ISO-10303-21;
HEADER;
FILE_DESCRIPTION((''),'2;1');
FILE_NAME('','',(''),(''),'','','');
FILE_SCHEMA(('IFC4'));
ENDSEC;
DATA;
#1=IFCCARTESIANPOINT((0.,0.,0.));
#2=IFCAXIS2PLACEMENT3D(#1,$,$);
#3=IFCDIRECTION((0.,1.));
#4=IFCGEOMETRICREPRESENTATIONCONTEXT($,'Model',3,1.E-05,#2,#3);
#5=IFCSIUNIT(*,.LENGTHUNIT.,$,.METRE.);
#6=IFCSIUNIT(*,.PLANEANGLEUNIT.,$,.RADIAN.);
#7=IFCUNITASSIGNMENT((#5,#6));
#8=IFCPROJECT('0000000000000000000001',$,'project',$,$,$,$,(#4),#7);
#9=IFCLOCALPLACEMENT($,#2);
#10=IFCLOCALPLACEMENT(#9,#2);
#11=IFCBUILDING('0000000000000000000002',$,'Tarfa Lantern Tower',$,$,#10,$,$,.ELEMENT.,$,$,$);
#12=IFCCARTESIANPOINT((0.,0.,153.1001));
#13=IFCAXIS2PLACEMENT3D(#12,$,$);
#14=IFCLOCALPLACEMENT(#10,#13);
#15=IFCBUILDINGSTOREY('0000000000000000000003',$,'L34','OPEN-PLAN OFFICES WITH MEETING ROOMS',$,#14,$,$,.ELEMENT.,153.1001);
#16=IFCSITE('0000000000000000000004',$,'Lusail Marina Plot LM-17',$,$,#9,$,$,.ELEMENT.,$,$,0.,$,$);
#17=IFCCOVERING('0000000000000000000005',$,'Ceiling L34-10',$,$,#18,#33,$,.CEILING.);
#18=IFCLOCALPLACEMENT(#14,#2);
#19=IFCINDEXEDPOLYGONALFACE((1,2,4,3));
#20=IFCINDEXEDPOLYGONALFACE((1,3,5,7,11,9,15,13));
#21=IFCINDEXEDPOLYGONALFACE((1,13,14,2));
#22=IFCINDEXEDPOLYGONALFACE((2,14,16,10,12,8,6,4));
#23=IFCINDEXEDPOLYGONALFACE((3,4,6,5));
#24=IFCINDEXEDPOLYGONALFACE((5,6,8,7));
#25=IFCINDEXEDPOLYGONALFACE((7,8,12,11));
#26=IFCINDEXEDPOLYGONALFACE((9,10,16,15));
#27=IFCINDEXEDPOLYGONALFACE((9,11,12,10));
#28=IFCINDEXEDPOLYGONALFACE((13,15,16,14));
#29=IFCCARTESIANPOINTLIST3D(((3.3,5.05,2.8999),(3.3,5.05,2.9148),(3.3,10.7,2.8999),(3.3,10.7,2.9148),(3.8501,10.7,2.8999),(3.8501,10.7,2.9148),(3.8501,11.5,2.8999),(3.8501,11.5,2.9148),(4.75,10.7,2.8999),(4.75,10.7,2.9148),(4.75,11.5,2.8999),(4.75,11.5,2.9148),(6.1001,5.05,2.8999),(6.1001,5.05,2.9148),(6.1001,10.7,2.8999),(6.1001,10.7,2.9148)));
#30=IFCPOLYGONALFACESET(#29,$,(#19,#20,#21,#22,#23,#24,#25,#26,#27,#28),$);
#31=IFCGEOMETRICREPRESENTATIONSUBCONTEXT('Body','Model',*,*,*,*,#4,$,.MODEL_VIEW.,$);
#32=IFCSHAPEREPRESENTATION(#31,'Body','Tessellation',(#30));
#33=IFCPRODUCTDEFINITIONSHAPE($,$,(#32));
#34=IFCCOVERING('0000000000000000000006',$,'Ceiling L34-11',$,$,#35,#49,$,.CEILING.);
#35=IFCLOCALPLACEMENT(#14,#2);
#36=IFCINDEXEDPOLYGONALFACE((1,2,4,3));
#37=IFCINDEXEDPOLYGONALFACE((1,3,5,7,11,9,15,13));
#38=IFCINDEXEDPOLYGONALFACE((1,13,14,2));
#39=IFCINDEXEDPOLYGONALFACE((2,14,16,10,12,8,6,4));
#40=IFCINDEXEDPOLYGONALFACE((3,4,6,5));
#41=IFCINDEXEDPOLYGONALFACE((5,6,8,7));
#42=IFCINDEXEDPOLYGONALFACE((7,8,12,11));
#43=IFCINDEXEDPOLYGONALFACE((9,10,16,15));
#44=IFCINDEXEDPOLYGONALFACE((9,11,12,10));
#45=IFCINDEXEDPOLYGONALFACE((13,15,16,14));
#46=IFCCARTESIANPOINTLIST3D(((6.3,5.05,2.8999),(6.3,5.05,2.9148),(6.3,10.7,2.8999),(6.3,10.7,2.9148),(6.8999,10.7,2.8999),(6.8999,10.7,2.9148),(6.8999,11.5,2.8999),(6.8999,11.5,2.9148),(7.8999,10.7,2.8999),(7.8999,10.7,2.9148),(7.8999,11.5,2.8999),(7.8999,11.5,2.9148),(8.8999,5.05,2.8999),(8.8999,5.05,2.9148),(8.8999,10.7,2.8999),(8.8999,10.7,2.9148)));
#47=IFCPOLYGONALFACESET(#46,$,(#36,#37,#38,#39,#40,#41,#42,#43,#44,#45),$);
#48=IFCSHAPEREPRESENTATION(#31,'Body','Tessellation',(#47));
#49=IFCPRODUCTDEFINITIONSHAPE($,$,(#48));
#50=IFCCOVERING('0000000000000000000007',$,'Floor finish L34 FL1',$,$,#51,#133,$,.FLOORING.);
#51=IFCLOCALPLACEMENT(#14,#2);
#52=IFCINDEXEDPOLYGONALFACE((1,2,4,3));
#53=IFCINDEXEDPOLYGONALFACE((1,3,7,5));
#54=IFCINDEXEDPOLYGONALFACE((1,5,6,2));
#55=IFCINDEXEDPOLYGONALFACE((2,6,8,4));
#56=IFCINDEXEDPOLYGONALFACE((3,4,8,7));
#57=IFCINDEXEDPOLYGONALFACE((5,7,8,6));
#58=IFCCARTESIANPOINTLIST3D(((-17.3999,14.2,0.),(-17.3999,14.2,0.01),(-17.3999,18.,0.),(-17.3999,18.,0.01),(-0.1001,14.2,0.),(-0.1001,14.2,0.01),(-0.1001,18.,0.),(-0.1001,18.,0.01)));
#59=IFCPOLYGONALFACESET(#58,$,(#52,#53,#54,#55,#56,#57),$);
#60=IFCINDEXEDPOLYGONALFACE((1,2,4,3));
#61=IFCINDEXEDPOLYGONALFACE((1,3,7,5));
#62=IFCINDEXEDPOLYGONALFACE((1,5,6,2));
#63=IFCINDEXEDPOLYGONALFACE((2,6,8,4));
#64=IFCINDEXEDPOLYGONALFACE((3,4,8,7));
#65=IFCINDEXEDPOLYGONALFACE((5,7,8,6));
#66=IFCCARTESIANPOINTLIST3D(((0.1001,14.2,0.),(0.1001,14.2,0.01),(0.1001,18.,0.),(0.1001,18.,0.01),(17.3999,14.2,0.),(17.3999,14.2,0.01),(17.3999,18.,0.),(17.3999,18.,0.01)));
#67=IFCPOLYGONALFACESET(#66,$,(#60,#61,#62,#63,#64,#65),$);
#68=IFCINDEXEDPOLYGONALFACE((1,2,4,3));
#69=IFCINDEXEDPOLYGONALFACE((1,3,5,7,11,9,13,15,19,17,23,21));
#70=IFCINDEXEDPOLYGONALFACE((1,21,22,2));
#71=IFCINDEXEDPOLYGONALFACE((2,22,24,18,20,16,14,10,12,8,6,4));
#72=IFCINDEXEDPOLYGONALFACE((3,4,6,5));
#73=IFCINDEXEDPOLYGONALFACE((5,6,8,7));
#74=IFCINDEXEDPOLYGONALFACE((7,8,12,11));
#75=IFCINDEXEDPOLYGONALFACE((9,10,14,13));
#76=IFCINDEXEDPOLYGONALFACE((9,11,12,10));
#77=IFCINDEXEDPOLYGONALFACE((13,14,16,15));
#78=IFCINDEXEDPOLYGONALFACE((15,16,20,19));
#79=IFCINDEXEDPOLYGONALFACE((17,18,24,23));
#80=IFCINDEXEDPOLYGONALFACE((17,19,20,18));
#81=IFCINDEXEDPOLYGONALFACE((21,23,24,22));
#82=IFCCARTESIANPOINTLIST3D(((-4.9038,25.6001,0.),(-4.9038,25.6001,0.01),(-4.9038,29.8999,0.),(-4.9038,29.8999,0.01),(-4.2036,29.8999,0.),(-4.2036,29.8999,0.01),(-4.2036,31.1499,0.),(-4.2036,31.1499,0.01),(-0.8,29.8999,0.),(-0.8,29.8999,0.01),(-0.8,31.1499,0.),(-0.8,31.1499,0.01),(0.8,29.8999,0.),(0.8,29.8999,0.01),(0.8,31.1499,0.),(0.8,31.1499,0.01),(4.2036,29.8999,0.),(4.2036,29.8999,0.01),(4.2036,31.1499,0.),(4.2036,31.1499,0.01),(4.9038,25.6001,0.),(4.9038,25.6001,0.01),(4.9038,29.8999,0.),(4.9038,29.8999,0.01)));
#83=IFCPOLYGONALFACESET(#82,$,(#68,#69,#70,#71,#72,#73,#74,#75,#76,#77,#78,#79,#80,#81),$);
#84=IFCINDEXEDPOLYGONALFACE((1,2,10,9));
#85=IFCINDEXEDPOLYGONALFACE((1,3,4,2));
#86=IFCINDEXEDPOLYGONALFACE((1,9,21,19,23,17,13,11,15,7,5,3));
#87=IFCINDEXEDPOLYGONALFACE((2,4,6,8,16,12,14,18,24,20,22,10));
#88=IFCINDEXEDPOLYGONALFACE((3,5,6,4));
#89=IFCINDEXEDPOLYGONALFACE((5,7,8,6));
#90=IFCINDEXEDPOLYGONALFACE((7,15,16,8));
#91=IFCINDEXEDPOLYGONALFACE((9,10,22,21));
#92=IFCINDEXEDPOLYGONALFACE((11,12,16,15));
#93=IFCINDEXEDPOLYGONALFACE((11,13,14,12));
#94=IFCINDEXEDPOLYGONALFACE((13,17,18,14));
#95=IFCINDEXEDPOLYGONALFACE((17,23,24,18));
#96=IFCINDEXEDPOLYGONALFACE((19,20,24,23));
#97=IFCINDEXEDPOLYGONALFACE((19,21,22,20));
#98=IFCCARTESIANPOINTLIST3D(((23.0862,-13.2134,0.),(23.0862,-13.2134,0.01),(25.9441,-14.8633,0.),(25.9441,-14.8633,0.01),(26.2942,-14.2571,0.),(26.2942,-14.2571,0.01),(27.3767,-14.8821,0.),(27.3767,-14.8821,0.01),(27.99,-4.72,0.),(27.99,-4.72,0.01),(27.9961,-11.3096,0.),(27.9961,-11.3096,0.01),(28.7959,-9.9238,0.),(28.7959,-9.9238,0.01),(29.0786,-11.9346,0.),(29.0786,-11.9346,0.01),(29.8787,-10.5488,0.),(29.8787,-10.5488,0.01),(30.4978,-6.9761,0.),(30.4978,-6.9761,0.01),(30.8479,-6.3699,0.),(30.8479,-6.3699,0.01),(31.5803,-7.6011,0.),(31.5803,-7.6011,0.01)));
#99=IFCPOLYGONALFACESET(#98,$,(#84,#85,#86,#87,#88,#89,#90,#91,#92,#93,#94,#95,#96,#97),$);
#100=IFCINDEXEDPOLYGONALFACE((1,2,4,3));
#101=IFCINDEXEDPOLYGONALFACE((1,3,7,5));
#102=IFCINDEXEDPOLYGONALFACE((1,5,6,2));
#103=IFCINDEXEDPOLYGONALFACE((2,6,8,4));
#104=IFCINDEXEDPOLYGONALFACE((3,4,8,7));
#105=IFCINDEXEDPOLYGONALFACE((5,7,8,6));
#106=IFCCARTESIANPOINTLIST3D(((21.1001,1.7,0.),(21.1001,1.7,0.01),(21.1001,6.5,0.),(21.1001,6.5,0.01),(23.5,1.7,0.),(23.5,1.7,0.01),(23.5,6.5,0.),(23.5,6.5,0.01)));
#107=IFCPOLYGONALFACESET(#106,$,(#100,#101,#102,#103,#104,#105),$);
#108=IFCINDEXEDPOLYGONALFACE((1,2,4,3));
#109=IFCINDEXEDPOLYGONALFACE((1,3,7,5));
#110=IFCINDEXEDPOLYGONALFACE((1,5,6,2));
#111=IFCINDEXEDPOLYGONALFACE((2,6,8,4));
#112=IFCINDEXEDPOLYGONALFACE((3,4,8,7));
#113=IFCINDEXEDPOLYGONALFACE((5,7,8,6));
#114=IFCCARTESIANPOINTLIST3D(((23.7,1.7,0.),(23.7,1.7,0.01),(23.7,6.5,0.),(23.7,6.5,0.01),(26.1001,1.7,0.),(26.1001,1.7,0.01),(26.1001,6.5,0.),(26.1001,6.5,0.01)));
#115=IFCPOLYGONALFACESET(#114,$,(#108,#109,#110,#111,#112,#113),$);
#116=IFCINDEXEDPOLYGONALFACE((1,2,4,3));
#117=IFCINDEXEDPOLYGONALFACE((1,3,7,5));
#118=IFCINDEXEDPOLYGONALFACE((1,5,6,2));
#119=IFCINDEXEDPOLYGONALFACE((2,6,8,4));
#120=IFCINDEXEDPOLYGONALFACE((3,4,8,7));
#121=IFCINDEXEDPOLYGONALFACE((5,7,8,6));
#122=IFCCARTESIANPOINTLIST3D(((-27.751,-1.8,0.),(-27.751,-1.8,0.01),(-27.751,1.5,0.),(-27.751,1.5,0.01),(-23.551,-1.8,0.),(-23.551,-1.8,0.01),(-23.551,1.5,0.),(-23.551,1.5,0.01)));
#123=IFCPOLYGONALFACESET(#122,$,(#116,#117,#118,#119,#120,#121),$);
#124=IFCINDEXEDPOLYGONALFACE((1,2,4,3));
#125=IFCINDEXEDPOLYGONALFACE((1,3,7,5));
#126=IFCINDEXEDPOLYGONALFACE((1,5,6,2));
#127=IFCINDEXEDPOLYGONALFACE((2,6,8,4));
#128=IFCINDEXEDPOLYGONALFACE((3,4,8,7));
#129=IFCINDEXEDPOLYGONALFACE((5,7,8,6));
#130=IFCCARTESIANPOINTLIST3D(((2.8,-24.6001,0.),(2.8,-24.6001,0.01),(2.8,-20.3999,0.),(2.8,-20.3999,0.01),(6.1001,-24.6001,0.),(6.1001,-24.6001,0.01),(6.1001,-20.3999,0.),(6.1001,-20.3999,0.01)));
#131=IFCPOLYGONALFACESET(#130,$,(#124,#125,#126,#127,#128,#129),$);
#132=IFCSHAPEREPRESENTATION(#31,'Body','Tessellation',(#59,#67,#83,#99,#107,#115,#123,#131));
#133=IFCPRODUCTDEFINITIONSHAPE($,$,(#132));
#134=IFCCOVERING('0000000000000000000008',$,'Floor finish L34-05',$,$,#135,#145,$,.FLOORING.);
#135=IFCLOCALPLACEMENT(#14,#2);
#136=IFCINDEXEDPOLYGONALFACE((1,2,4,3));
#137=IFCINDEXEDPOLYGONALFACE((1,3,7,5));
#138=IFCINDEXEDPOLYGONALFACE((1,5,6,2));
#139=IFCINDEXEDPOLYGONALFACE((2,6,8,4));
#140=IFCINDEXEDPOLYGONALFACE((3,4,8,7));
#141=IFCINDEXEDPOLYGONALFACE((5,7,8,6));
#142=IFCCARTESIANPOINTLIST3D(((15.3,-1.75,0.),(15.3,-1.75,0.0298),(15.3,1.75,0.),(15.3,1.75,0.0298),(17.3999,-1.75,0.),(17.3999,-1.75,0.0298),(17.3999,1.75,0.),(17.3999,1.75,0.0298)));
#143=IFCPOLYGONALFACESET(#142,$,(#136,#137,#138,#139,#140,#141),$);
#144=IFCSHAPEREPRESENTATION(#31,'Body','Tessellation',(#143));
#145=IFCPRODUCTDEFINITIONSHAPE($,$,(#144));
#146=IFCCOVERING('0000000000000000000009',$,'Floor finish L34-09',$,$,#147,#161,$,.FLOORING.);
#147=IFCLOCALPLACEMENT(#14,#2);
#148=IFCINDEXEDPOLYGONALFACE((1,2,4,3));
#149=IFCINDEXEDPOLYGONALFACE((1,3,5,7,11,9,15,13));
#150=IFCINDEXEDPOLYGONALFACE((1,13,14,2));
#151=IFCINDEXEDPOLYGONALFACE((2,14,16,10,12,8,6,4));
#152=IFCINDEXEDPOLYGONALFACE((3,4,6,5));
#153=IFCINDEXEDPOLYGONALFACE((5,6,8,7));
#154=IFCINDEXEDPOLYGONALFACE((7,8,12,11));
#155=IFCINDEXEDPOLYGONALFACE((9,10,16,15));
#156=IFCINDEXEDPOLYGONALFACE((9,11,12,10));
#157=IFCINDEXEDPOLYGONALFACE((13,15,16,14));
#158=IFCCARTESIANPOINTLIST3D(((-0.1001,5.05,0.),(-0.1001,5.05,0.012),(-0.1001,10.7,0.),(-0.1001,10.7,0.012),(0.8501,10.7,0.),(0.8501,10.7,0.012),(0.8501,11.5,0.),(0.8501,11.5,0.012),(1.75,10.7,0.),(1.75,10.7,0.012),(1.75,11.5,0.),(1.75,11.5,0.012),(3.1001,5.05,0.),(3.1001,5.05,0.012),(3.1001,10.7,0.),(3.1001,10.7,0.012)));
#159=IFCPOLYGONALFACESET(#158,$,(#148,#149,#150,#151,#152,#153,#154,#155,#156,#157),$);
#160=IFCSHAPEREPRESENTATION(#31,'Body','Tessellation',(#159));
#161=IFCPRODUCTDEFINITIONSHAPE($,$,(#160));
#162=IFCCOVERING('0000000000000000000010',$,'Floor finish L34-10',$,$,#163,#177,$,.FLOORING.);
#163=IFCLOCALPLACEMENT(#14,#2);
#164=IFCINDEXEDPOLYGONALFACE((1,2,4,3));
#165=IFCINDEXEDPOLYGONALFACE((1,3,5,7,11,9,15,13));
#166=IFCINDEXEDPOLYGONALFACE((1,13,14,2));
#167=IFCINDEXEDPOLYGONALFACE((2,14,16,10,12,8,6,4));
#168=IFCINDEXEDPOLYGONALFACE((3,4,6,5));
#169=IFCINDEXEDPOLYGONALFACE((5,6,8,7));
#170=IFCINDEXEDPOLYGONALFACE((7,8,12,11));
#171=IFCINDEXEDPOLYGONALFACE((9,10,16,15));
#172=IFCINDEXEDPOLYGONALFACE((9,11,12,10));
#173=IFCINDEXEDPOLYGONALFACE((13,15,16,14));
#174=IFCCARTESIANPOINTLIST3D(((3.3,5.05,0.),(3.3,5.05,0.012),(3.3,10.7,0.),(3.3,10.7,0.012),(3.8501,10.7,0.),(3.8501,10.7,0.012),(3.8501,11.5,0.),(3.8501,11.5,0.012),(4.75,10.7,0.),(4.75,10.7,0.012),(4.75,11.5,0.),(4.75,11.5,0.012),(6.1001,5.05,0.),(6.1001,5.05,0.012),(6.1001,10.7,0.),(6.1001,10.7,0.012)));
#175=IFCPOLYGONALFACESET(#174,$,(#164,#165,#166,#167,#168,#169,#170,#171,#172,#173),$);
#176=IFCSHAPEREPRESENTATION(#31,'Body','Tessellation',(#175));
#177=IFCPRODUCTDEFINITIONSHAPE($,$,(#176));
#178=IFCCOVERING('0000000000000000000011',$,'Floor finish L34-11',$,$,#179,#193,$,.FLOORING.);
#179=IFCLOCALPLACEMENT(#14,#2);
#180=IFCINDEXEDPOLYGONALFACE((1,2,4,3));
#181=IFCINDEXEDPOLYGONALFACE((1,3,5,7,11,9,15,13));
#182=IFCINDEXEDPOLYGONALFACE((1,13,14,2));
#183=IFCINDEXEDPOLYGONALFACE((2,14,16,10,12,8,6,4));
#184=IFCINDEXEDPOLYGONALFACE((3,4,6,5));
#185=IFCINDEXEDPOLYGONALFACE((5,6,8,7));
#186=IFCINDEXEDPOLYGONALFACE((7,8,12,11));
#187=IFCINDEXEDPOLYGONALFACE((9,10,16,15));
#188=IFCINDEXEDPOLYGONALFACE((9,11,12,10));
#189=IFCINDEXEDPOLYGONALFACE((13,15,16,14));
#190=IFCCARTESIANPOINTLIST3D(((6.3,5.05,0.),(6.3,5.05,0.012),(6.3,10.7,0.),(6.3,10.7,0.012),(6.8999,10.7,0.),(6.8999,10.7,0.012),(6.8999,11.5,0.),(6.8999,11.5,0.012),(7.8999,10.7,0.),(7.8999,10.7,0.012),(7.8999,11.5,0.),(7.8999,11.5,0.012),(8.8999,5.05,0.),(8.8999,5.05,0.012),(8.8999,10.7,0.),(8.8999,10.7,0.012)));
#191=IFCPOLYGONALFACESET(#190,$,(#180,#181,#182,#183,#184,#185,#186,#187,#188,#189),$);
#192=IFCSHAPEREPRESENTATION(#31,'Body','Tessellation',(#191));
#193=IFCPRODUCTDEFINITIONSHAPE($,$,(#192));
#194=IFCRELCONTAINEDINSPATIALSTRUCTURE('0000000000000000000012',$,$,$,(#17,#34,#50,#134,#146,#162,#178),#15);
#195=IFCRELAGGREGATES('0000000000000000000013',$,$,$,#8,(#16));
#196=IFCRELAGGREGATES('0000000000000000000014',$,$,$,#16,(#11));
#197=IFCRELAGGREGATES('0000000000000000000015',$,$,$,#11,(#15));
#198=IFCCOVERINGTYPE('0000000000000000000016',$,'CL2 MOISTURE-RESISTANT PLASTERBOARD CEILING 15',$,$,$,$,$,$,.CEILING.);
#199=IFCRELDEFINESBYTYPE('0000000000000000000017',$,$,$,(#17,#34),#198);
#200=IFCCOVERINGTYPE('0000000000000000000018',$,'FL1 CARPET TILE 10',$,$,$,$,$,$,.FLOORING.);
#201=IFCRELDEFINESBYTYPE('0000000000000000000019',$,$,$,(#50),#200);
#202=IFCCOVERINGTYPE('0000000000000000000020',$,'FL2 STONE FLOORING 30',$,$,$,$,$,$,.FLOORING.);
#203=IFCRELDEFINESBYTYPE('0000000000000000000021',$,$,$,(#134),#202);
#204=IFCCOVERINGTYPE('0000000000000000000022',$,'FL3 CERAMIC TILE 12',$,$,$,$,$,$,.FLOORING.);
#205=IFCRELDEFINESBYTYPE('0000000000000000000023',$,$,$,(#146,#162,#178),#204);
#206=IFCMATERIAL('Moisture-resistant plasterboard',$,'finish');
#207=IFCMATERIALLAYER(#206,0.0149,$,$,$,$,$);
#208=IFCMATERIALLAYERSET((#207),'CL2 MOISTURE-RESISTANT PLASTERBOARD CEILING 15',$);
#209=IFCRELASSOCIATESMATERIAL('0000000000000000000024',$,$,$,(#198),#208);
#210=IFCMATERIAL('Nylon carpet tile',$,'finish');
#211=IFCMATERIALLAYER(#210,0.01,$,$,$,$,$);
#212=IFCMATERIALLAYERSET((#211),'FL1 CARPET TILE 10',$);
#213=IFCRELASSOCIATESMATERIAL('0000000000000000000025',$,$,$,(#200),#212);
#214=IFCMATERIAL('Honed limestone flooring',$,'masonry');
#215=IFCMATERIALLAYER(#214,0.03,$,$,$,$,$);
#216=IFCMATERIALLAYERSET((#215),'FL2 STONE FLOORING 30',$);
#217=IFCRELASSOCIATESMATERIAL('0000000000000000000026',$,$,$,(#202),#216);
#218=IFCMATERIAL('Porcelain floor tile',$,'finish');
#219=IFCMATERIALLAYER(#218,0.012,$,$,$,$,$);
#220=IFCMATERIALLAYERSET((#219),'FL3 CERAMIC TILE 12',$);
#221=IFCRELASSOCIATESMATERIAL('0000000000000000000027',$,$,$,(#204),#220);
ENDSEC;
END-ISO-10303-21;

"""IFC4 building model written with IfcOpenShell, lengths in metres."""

from ifc_helpers import new_model, si_unit, direction, frame, origin, place, context, subcontext, project, spatial, polyline, outline, extrude, material, layer, layer_set, type_object, element, save


model = new_model("IFC4")

# Units and contexts
model_context = context("Model", 3, precision=1e-05, world=origin(), true_north=direction((0.0, 1.0)))
body_context = subcontext(model_context, "Body", "Model", "MODEL_VIEW")
ifc_project = project(units=[si_unit("LENGTHUNIT", "METRE"), si_unit("PLANEANGLEUNIT", "RADIAN")], contexts=[model_context])

# Site, building, storey
site_placement = place(None, origin())
site = spatial("IfcSite", under=ifc_project, at=site_placement, Name="Lusail Marina Plot LM-17", CompositionType="ELEMENT", RefElevation=0.0)
building_placement = place(site_placement, origin())
building = spatial("IfcBuilding", under=site, at=building_placement, Name="Tarfa Lantern Tower", CompositionType="ELEMENT")
storey_placement = place(building_placement, frame((0.0, 0.0, 153.1001)))
storey = spatial("IfcBuildingStorey", under=building, at=storey_placement, Name="L34", Description="OPEN-PLAN OFFICES WITH MEETING ROOMS", CompositionType="ELEMENT", Elevation=153.1001)

# Coverings
ifc_material_1 = material(Name="Moisture-resistant plasterboard", Category="finish")
ifc_layer_1 = layer(ifc_material_1, 0.0149)
ifc_layer_set_1 = layer_set([ifc_layer_1], Name="CL2 MOISTURE-RESISTANT PLASTERBOARD CEILING 15")
covering_type_1 = type_object("IfcCoveringType", Name="CL2 MOISTURE-RESISTANT PLASTERBOARD CEILING 15", PredefinedType="CEILING", material=ifc_layer_set_1)
covering_1_placement = place(storey_placement, frame((0.0, 0.0, 2.8999)))
element("IfcCovering", 1, at=covering_1_placement, inside=storey, type_object=covering_type_1, Name="Ceiling L34-10", PredefinedType="CEILING", context=body_context, shape_type="SweptSolid", body=[
    extrude(outline(polyline([(3.3, 5.05), (6.1001, 5.05), (6.1001, 10.7), (4.75, 10.7), (4.75, 11.5), (3.8501, 11.5), (3.8501, 10.7), (3.3, 10.7), (3.3, 5.05)])), origin(), (0.0, 0.0, 1.0), 0.0149),
])
covering_2_placement = place(storey_placement, frame((0.0, 0.0, 2.8999)))
element("IfcCovering", 2, at=covering_2_placement, inside=storey, type_object=covering_type_1, Name="Ceiling L34-11", PredefinedType="CEILING", context=body_context, shape_type="SweptSolid", body=[
    extrude(outline(polyline([(6.3, 5.05), (8.8999, 5.05), (8.8999, 10.7), (7.8999, 10.7), (7.8999, 11.5), (6.8999, 11.5), (6.8999, 10.7), (6.3, 10.7), (6.3, 5.05)])), origin(), (0.0, 0.0, 1.0), 0.0149),
])
ifc_material_2 = material(Name="Nylon carpet tile", Category="finish")
ifc_layer_2 = layer(ifc_material_2, 0.01)
ifc_layer_set_2 = layer_set([ifc_layer_2], Name="FL1 CARPET TILE 10")
covering_type_2 = type_object("IfcCoveringType", Name="FL1 CARPET TILE 10", PredefinedType="FLOORING", material=ifc_layer_set_2)
covering_3_placement = place(storey_placement, origin())
element("IfcCovering", 3, at=covering_3_placement, inside=storey, type_object=covering_type_2, Name="Floor finish L34 FL1", PredefinedType="FLOORING", context=body_context, shape_type="SweptSolid", body=[
    extrude(outline(polyline([(-17.3999, 18.0), (-0.1001, 18.0), (-0.1001, 14.2), (-17.3999, 14.2), (-17.3999, 18.0)])), origin(), (0.0, 0.0, 1.0), 0.01),
    extrude(outline(polyline([(0.1001, 18.0), (17.3999, 18.0), (17.3999, 14.2), (0.1001, 14.2), (0.1001, 18.0)])), origin(), (0.0, 0.0, 1.0), 0.01),
    extrude(outline(polyline([(4.9038, 25.6001), (-4.9038, 25.6001), (-4.9038, 29.8999), (-4.2036, 29.8999), (-4.2036, 31.1499), (-0.8, 31.1499), (-0.8, 29.8999), (0.8, 29.8999), (0.8, 31.1499), (4.2036, 31.1499), (4.2036, 29.8999), (4.9038, 29.8999), (4.9038, 25.6001)])), origin(), (0.0, 0.0, 1.0), 0.01),
    extrude(outline(polyline([(27.99, -4.72), (30.8479, -6.3699), (30.4978, -6.9761), (31.5803, -7.6011), (29.8787, -10.5488), (28.7959, -9.9238), (27.9961, -11.3096), (29.0786, -11.9346), (27.3767, -14.8821), (26.2942, -14.2571), (25.9441, -14.8633), (23.0862, -13.2134), (27.99, -4.72)])), origin(), (0.0, 0.0, 1.0), 0.01),
    extrude(outline(polyline([(21.1001, 6.5), (23.5, 6.5), (23.5, 1.7), (21.1001, 1.7), (21.1001, 6.5)])), origin(), (0.0, 0.0, 1.0), 0.01),
    extrude(outline(polyline([(23.7, 6.5), (26.1001, 6.5), (26.1001, 1.7), (23.7, 1.7), (23.7, 6.5)])), origin(), (0.0, 0.0, 1.0), 0.01),
    extrude(outline(polyline([(-27.751, -1.8), (-27.751, 1.5), (-23.551, 1.5), (-23.551, -1.8), (-27.751, -1.8)])), origin(), (0.0, 0.0, 1.0), 0.01),
    extrude(outline(polyline([(6.1001, -24.6001), (2.8, -24.6001), (2.8, -20.3999), (6.1001, -20.3999), (6.1001, -24.6001)])), origin(), (0.0, 0.0, 1.0), 0.01),
])
ifc_material_3 = material(Name="Honed limestone flooring", Category="masonry")
ifc_layer_3 = layer(ifc_material_3, 0.03)
ifc_layer_set_3 = layer_set([ifc_layer_3], Name="FL2 STONE FLOORING 30")
covering_type_3 = type_object("IfcCoveringType", Name="FL2 STONE FLOORING 30", PredefinedType="FLOORING", material=ifc_layer_set_3)
covering_4_placement = place(storey_placement, origin())
element("IfcCovering", 4, at=covering_4_placement, inside=storey, type_object=covering_type_3, Name="Floor finish L34-05", PredefinedType="FLOORING", context=body_context, shape_type="SweptSolid", body=[
    extrude(outline(polyline([(15.3, -1.75), (17.3999, -1.75), (17.3999, 1.75), (15.3, 1.75), (15.3, -1.75)])), origin(), (0.0, 0.0, 1.0), 0.0298),
])
ifc_material_4 = material(Name="Porcelain floor tile", Category="finish")
ifc_layer_4 = layer(ifc_material_4, 0.012)
ifc_layer_set_4 = layer_set([ifc_layer_4], Name="FL3 CERAMIC TILE 12")
covering_type_4 = type_object("IfcCoveringType", Name="FL3 CERAMIC TILE 12", PredefinedType="FLOORING", material=ifc_layer_set_4)
covering_5_placement = place(storey_placement, origin())
element("IfcCovering", 5, at=covering_5_placement, inside=storey, type_object=covering_type_4, Name="Floor finish L34-09", PredefinedType="FLOORING", context=body_context, shape_type="SweptSolid", body=[
    extrude(outline(polyline([(0.8501, 10.7), (-0.1001, 10.7), (-0.1001, 5.05), (3.1001, 5.05), (3.1001, 10.7), (1.75, 10.7), (1.75, 11.5), (0.8501, 11.5), (0.8501, 10.7)])), origin(), (0.0, 0.0, 1.0), 0.012),
])
covering_6_placement = place(storey_placement, origin())
element("IfcCovering", 6, at=covering_6_placement, inside=storey, type_object=covering_type_4, Name="Floor finish L34-10", PredefinedType="FLOORING", context=body_context, shape_type="SweptSolid", body=[
    extrude(outline(polyline([(3.3, 5.05), (6.1001, 5.05), (6.1001, 10.7), (4.75, 10.7), (4.75, 11.5), (3.8501, 11.5), (3.8501, 10.7), (3.3, 10.7), (3.3, 5.05)])), origin(), (0.0, 0.0, 1.0), 0.012),
])
covering_7_placement = place(storey_placement, origin())
element("IfcCovering", 7, at=covering_7_placement, inside=storey, type_object=covering_type_4, Name="Floor finish L34-11", PredefinedType="FLOORING", context=body_context, shape_type="SweptSolid", body=[
    extrude(outline(polyline([(6.3, 5.05), (8.8999, 5.05), (8.8999, 10.7), (7.8999, 10.7), (7.8999, 11.5), (6.8999, 11.5), (6.8999, 10.7), (6.3, 10.7), (6.3, 5.05)])), origin(), (0.0, 0.0, 1.0), 0.012),
])

save(model, "model.ifc")
